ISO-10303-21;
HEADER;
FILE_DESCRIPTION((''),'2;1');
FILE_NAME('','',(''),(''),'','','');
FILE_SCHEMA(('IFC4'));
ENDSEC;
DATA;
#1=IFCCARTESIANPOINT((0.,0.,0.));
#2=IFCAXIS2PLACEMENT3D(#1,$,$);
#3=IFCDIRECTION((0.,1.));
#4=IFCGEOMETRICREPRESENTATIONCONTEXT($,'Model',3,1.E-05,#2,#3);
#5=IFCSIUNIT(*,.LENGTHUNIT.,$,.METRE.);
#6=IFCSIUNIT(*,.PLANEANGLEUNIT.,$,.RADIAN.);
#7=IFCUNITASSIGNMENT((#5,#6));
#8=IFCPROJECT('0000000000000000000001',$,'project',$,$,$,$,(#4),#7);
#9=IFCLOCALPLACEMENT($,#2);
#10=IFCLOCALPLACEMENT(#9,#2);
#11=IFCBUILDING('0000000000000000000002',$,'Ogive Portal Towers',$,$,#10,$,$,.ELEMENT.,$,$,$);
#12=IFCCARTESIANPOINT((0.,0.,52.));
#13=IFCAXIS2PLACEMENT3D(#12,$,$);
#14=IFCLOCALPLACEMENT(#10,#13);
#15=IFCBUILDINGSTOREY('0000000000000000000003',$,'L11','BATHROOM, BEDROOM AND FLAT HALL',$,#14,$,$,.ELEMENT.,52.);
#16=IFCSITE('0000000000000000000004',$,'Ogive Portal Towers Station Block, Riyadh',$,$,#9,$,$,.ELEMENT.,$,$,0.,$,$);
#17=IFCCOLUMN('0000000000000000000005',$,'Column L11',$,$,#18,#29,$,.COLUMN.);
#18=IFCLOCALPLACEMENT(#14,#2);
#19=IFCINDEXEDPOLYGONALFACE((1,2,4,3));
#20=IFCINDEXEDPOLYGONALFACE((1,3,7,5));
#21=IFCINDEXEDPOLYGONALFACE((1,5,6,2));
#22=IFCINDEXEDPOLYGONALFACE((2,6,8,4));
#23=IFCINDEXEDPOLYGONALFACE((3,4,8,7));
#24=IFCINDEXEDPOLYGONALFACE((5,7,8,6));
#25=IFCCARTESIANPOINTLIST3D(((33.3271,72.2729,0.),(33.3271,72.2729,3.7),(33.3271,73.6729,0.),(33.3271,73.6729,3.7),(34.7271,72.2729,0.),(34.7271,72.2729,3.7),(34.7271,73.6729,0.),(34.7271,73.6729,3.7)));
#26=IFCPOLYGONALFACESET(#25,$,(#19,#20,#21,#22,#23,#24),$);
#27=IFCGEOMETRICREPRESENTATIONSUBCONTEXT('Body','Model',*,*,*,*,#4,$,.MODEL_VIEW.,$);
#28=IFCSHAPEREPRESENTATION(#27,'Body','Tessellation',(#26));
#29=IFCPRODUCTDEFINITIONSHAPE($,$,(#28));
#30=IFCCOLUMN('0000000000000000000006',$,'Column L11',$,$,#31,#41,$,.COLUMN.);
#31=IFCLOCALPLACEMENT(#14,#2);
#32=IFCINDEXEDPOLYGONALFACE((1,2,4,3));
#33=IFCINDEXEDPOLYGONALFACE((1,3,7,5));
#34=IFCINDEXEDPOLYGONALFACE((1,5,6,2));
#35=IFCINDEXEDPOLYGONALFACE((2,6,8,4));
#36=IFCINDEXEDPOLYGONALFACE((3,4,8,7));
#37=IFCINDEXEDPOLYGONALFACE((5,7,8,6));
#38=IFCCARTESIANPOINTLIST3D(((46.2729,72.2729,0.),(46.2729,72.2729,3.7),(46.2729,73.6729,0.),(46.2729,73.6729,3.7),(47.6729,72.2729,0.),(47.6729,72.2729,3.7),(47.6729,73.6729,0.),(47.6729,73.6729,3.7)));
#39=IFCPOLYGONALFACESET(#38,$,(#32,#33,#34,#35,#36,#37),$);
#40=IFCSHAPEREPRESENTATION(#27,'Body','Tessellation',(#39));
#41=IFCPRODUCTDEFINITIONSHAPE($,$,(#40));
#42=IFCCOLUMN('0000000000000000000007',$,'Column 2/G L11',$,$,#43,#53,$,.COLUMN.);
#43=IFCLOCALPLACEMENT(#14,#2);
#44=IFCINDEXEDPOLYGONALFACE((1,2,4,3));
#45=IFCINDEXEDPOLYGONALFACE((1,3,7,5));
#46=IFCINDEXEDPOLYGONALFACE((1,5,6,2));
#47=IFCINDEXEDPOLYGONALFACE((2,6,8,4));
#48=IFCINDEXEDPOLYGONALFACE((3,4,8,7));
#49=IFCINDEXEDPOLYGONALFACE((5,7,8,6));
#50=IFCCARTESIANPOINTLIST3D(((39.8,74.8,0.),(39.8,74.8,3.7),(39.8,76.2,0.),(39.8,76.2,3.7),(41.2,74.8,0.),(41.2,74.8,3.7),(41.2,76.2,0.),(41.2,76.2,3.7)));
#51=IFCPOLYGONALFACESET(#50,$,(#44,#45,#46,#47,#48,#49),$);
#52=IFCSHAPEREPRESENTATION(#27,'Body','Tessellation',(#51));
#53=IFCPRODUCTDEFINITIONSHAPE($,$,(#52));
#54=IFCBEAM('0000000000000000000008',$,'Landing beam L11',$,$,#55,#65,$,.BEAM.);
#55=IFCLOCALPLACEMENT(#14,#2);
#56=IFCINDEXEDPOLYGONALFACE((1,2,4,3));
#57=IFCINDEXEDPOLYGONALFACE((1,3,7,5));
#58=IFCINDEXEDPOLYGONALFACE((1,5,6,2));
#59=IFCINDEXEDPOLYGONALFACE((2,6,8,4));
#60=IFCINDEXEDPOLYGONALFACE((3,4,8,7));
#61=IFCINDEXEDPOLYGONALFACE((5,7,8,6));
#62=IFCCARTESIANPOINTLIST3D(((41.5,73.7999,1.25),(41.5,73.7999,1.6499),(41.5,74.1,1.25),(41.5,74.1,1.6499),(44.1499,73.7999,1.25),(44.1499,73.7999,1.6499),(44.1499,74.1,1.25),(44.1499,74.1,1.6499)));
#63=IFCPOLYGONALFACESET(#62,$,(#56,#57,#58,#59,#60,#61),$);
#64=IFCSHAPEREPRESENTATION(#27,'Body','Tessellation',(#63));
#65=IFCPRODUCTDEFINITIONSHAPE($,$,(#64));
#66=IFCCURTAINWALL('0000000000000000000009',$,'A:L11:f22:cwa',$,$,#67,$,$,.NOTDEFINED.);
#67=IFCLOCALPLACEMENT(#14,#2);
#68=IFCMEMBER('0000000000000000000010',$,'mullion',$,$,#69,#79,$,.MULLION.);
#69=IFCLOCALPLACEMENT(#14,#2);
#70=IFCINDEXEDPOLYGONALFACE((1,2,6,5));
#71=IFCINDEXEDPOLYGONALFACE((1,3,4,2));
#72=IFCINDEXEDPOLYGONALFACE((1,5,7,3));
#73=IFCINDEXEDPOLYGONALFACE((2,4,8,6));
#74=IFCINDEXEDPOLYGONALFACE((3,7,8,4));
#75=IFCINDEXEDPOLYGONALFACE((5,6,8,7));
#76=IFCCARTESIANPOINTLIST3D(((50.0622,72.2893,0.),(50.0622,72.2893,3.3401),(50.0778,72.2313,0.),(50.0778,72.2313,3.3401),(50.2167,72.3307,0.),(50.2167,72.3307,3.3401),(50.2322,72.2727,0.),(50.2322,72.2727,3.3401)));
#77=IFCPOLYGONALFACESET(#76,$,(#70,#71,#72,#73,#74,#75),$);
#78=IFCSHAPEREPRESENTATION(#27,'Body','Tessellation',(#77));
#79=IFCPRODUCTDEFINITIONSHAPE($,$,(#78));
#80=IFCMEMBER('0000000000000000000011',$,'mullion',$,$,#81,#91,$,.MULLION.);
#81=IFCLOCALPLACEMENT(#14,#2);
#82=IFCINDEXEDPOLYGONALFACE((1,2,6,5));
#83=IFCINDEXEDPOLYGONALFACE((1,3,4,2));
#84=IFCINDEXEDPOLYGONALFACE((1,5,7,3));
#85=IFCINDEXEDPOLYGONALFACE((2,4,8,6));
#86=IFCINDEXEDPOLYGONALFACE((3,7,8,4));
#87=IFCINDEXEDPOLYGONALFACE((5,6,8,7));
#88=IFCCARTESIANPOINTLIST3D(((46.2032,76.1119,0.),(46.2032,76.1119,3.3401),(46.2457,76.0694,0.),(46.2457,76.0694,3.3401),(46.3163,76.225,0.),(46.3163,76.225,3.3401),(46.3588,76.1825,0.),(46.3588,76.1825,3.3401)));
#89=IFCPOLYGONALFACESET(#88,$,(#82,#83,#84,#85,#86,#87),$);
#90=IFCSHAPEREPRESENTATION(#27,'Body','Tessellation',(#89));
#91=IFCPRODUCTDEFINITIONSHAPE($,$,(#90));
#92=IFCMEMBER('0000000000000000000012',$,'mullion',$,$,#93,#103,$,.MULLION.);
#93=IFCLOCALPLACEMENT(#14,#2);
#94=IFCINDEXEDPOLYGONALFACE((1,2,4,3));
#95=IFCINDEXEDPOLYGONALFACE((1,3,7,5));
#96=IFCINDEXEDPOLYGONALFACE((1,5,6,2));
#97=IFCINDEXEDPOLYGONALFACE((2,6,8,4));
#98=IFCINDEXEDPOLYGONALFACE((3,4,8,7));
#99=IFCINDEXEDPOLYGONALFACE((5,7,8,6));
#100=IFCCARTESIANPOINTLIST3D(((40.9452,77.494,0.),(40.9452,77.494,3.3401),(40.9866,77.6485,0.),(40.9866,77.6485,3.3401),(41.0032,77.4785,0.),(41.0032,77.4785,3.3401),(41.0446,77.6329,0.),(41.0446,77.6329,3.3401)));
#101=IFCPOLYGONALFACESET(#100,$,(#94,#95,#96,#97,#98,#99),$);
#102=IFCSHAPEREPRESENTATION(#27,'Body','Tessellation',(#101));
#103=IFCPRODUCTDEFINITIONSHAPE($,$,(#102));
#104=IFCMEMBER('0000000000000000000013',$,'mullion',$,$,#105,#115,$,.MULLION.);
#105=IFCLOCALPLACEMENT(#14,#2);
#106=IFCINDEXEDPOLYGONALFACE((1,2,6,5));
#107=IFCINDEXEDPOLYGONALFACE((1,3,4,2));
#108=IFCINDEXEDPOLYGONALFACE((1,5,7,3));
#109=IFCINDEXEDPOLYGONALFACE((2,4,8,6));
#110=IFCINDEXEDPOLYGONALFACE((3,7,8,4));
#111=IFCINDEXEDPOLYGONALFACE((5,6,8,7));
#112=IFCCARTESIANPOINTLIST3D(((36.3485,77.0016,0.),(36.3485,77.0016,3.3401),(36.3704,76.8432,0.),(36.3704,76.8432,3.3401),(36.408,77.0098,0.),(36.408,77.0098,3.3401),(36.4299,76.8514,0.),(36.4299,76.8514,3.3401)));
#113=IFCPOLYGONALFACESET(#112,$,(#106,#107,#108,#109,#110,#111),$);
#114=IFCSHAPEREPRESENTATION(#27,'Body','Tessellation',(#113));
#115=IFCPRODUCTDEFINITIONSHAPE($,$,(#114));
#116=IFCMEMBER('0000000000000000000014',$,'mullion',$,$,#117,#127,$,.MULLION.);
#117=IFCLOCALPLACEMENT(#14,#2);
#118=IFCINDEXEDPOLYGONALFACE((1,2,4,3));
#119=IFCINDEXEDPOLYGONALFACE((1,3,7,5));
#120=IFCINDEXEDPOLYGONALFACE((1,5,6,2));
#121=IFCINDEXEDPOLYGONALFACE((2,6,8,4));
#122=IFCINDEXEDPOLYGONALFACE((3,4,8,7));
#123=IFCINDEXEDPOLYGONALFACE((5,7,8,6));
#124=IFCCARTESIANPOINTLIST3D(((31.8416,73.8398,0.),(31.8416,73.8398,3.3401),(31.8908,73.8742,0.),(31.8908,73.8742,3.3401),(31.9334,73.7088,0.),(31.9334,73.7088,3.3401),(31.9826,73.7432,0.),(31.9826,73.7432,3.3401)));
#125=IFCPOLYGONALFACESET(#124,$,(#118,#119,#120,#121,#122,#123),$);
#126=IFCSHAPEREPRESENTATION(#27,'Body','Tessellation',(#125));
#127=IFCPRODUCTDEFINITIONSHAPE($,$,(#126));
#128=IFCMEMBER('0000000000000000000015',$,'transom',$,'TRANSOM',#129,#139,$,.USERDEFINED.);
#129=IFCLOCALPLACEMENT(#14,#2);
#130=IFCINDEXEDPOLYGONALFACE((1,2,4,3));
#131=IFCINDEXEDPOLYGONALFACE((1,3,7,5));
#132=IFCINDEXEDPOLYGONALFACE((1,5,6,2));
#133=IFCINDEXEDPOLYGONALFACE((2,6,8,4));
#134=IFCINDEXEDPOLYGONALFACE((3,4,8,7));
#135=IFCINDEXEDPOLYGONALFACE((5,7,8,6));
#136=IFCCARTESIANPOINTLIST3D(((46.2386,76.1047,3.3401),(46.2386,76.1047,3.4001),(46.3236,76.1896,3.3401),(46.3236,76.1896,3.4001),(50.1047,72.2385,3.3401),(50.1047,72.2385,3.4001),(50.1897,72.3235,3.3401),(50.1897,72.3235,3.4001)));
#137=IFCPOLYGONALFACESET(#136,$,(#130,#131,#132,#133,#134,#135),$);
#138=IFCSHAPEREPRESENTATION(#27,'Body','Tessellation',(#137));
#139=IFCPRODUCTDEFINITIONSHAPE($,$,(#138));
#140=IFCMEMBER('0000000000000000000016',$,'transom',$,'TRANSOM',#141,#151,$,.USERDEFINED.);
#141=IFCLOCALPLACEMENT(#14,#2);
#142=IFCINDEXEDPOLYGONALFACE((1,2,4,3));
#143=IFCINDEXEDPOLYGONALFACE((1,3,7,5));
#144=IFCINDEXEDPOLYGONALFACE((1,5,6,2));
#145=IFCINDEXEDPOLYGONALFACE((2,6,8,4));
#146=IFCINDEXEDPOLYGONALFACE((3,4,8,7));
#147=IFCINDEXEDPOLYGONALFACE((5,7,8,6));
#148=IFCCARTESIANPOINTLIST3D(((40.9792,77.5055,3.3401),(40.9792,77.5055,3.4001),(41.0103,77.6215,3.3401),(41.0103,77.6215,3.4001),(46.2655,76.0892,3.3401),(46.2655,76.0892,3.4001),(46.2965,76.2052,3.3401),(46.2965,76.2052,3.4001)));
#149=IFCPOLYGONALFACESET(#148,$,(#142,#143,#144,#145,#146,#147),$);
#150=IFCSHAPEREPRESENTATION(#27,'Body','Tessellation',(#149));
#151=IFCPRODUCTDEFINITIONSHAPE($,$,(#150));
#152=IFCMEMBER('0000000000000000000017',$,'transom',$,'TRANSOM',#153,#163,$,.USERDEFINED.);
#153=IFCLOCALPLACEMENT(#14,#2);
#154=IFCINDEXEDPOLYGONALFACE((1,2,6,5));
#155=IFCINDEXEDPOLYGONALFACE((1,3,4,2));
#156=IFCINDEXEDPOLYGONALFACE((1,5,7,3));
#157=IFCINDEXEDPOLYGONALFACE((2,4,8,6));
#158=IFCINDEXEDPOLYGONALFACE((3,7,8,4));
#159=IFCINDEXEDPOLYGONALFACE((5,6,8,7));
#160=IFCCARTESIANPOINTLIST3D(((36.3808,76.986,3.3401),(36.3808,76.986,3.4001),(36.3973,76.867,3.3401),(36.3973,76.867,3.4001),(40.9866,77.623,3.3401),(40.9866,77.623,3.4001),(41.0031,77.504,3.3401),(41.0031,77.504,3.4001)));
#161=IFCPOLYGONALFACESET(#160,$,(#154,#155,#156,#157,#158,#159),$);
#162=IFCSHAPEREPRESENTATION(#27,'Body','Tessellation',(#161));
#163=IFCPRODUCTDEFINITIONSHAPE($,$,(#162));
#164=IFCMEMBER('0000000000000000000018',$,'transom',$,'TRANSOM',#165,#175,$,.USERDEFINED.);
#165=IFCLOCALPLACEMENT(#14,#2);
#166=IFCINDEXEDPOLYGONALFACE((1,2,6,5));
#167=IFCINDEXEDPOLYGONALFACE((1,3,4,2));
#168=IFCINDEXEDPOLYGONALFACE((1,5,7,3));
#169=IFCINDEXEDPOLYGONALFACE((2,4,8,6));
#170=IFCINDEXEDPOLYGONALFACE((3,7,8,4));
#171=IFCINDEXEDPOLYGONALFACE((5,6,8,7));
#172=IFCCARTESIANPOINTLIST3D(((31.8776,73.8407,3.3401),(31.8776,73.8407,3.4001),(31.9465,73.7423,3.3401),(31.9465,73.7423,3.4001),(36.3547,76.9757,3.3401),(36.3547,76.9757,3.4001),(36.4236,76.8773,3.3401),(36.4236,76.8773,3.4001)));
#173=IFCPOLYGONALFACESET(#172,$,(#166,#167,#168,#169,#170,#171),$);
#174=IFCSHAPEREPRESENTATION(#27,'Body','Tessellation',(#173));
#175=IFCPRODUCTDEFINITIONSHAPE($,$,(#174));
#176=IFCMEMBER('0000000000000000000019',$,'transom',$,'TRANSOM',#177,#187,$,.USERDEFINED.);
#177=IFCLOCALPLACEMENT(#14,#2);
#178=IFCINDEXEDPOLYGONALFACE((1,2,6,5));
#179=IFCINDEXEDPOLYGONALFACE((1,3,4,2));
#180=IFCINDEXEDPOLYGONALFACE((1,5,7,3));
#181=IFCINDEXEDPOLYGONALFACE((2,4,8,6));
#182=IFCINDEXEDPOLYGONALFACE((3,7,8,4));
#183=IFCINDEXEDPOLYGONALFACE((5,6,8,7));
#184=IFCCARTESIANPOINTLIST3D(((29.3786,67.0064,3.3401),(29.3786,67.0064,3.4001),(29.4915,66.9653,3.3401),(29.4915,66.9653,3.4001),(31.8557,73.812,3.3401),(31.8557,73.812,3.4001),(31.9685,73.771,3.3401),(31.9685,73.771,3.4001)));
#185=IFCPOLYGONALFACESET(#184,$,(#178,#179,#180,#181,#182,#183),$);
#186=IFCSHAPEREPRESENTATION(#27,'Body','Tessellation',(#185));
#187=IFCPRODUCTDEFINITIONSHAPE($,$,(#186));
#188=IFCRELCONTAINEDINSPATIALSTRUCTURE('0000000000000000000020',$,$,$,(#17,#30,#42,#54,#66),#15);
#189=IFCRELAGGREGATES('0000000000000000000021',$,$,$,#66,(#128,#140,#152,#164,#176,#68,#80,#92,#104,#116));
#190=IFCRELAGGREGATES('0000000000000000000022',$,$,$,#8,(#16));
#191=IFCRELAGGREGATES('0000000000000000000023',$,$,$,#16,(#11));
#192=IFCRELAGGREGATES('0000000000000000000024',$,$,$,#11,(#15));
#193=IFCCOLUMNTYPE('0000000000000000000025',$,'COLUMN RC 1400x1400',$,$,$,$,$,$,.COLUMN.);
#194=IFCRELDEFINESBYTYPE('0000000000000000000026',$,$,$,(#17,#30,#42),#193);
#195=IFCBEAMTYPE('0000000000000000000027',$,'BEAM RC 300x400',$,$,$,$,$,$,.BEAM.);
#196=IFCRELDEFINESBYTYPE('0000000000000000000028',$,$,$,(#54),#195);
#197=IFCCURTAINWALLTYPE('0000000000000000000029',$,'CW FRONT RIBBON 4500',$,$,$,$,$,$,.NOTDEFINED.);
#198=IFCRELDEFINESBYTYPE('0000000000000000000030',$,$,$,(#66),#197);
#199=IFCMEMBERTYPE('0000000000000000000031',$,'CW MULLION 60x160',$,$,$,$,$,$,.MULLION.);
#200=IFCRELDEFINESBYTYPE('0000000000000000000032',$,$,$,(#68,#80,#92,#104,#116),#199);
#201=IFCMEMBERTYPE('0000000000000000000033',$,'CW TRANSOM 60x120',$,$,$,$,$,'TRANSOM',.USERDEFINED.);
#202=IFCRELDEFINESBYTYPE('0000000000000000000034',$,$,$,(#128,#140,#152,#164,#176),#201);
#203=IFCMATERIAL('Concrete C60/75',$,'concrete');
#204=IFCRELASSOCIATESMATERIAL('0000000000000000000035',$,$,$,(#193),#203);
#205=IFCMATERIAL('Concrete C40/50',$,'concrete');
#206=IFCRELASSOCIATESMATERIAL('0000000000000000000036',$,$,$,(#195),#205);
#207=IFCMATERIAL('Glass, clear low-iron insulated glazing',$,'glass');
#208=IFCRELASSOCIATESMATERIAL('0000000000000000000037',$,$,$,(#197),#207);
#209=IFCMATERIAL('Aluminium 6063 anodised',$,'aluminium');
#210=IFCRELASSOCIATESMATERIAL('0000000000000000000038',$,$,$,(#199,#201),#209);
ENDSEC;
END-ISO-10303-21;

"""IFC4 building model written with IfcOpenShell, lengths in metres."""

from ifc_helpers import new_model, si_unit, direction, frame, origin, origin_2d, place, context, subcontext, project, spatial, rectangle, extrude, material, material_profile, profile_set, type_object, element, aggregate, save


model = new_model("IFC4")

# Units and contexts
model_context = context("Model", 3, precision=1e-05, world=origin(), true_north=direction((0.0, 1.0)))
body_context = subcontext(model_context, "Body", "Model", "MODEL_VIEW")
ifc_project = project(units=[si_unit("LENGTHUNIT", "METRE"), si_unit("PLANEANGLEUNIT", "RADIAN")], contexts=[model_context])

# Site, building, storey
site_placement = place(None, origin())
site = spatial("IfcSite", under=ifc_project, at=site_placement, Name="Ogive Portal Towers Station Block, Riyadh", CompositionType="ELEMENT", RefElevation=0.0)
building_placement = place(site_placement, origin())
building = spatial("IfcBuilding", under=site, at=building_placement, Name="Ogive Portal Towers", CompositionType="ELEMENT")
storey_placement = place(building_placement, frame((0.0, 0.0, 52.0)))
storey = spatial("IfcBuildingStorey", under=building, at=storey_placement, Name="L11", Description="BATHROOM, BEDROOM AND FLAT HALL", CompositionType="ELEMENT", Elevation=52.0)

# Columns
ifc_material_1 = material(Name="Concrete C60/75", Category="concrete")
ifc_material_profile_1 = material_profile(ifc_material_1, rectangle(XDim=1.3999, YDim=1.3999, at=origin_2d()), Name="RC 1400x1400")
ifc_profile_set_1 = profile_set([ifc_material_profile_1], Name="Concrete C60/75")
column_type = type_object("IfcColumnType", Name="COLUMN RC 1400x1400", PredefinedType="COLUMN", material=ifc_profile_set_1)
for number, where, z_axis, x_axis, name in (
    (1, (34.0271, 72.9729, 0.0), (0.0, 0.0, 1.0), (1.0, 0.0, 0.0), "Column L11"),
    (2, (46.9729, 72.9729, 0.0), (0.0, 0.0, 1.0), (1.0, 0.0, 0.0), "Column L11"),
    (3, (40.5, 75.5, 0.0), (0.0, 0.0, 1.0), (1.0, 0.0, 0.0), "Column 2/G L11"),
):
    element("IfcColumn", number, at=place(storey_placement, frame(where, z_axis=z_axis, x_axis=x_axis)), inside=storey, type_object=column_type, Name=name, PredefinedType="COLUMN", context=body_context, shape_type="SweptSolid", body=[
        extrude(rectangle(XDim=1.3999, YDim=1.3999, at=origin_2d()), origin(), (0.0, 0.0, 1.0), 3.7),
    ])

# Beam
ifc_material_2 = material(Name="Concrete C40/50", Category="concrete")
ifc_material_profile_2 = material_profile(ifc_material_2, rectangle(XDim=0.3, YDim=0.3999, at=origin_2d()), Name="RC 300x400")
ifc_profile_set_2 = profile_set([ifc_material_profile_2], Name="Concrete C40/50")
beam_type = type_object("IfcBeamType", Name="BEAM RC 300x400", PredefinedType="BEAM", material=ifc_profile_set_2)
beam_placement = place(storey_placement, frame((41.5, 73.95, 1.45), z_axis=(1.0, 0.0, 0.0), x_axis=(0.0, 1.0, 0.0)))
element("IfcBeam", 4, at=beam_placement, inside=storey, type_object=beam_type, Name="Landing beam L11", PredefinedType="BEAM", context=body_context, shape_type="SweptSolid", body=[
    extrude(rectangle(XDim=0.3, YDim=0.3999, at=origin_2d()), origin(), (0.0, 0.0, 1.0), 2.6499),
])

# Curtain wall, members
ifc_material_3 = material(Name="Glass, clear low-iron insulated glazing", Category="glass")
curtain_wall_type = type_object("IfcCurtainWallType", Name="CW FRONT RIBBON 4500", PredefinedType="NOTDEFINED", material=ifc_material_3)
curtain_wall_placement = place(storey_placement, origin())
curtain_wall = element("IfcCurtainWall", 5, at=curtain_wall_placement, inside=storey, type_object=curtain_wall_type, Name="A:L11:f22:cwa", PredefinedType="NOTDEFINED")
ifc_material_4 = material(Name="Aluminium 6063 anodised", Category="aluminium")
ifc_material_profile_3 = material_profile(ifc_material_4, rectangle(XDim=0.1599, YDim=0.0601, at=origin_2d()), Name="AL 60x160")
ifc_profile_set_3 = profile_set([ifc_material_profile_3], Name="Aluminium 6063 anodised")
member_type_1 = type_object("IfcMemberType", Name="CW MULLION 60x160", PredefinedType="MULLION", material=ifc_profile_set_3)
member_1_placement = place(storey_placement, frame((50.1472, 72.281, 0.0), z_axis=(0.0, 0.0, 1.0), x_axis=(-0.965926, -0.258819, 0.0)))
member_1 = element("IfcMember", 6, at=member_1_placement, type_object=member_type_1, Name="mullion", PredefinedType="MULLION", context=body_context, shape_type="SweptSolid", body=[
    extrude(rectangle(XDim=0.1599, YDim=0.0601, at=origin_2d()), origin(), (0.0, 0.0, 1.0), 3.3401),
])
member_2_placement = place(storey_placement, frame((46.281, 76.1472, 0.0), z_axis=(0.0, 0.0, 1.0), x_axis=(-0.707107, -0.707107, 0.0)))
member_2 = element("IfcMember", 7, at=member_2_placement, type_object=member_type_1, Name="mullion", PredefinedType="MULLION", context=body_context, shape_type="SweptSolid", body=[
    extrude(rectangle(XDim=0.1599, YDim=0.0601, at=origin_2d()), origin(), (0.0, 0.0, 1.0), 3.3401),
])
member_3_placement = place(storey_placement, frame((40.9949, 77.5635, 0.0), z_axis=(0.0, 0.0, 1.0), x_axis=(-0.258819, -0.965926, 0.0)))
member_3 = element("IfcMember", 8, at=member_3_placement, type_object=member_type_1, Name="mullion", PredefinedType="MULLION", context=body_context, shape_type="SweptSolid", body=[
    extrude(rectangle(XDim=0.1599, YDim=0.0601, at=origin_2d()), origin(), (0.0, 0.0, 1.0), 3.3401),
])
member_4_placement = place(storey_placement, frame((36.3892, 76.9265, 0.0), z_axis=(0.0, 0.0, 1.0), x_axis=(0.137027, -0.990567, 0.0)))
member_4 = element("IfcMember", 9, at=member_4_placement, type_object=member_type_1, Name="mullion", PredefinedType="MULLION", context=body_context, shape_type="SweptSolid", body=[
    extrude(rectangle(XDim=0.1599, YDim=0.0601, at=origin_2d()), origin(), (0.0, 0.0, 1.0), 3.3401),
])
member_5_placement = place(storey_placement, frame((31.9121, 73.7915, 0.0), z_axis=(0.0, 0.0, 1.0), x_axis=(0.573576, -0.819152, 0.0)))
member_5 = element("IfcMember", 10, at=member_5_placement, type_object=member_type_1, Name="mullion", PredefinedType="MULLION", context=body_context, shape_type="SweptSolid", body=[
    extrude(rectangle(XDim=0.1599, YDim=0.0601, at=origin_2d()), origin(), (0.0, 0.0, 1.0), 3.3401),
])
ifc_material_profile_4 = material_profile(ifc_material_4, rectangle(XDim=0.1201, YDim=0.0601, at=origin_2d()), Name="AL 120x60")
ifc_profile_set_4 = profile_set([ifc_material_profile_4], Name="Aluminium 6063 anodised")
member_type_2 = type_object("IfcMemberType", Name="CW TRANSOM 60x120", ElementType="TRANSOM", PredefinedType="USERDEFINED", material=ifc_profile_set_4)
member_6_placement = place(storey_placement, frame((50.1472, 72.281, 3.3701), z_axis=(-0.707107, 0.707107, 0.0), x_axis=(-0.707107, -0.707107, 0.0)))
member_6 = element("IfcMember", 11, at=member_6_placement, type_object=member_type_2, Name="transom", ObjectType="TRANSOM", PredefinedType="USERDEFINED", context=body_context, shape_type="SweptSolid", body=[
    extrude(rectangle(XDim=0.1201, YDim=0.0601, at=origin_2d()), origin(), (0.0, 0.0, 1.0), 5.4675),
])
member_7_placement = place(storey_placement, frame((46.281, 76.1472, 3.3701), z_axis=(-0.965933, 0.258793, 0.0), x_axis=(-0.258793, -0.965933, 0.0)))
member_7 = element("IfcMember", 12, at=member_7_placement, type_object=member_type_2, Name="transom", ObjectType="TRANSOM", PredefinedType="USERDEFINED", context=body_context, shape_type="SweptSolid", body=[
    extrude(rectangle(XDim=0.1201, YDim=0.0601, at=origin_2d()), origin(), (0.0, 0.0, 1.0), 5.4727),
])
member_8_placement = place(storey_placement, frame((40.9949, 77.5635, 3.3701), z_axis=(-0.990572, -0.136995, 0.0), x_axis=(0.136995, -0.990572, 0.0)))
member_8 = element("IfcMember", 13, at=member_8_placement, type_object=member_type_2, Name="transom", ObjectType="TRANSOM", PredefinedType="USERDEFINED", context=body_context, shape_type="SweptSolid", body=[
    extrude(rectangle(XDim=0.1201, YDim=0.0601, at=origin_2d()), origin(), (0.0, 0.0, 1.0), 4.6497),
])
member_9_placement = place(storey_placement, frame((36.3892, 76.9265, 3.3701), z_axis=(-0.81914, -0.573594, 0.0), x_axis=(0.573594, -0.81914, 0.0)))
member_9 = element("IfcMember", 14, at=member_9_placement, type_object=member_type_2, Name="transom", ObjectType="TRANSOM", PredefinedType="USERDEFINED", context=body_context, shape_type="SweptSolid", body=[
    extrude(rectangle(XDim=0.1201, YDim=0.0601, at=origin_2d()), origin(), (0.0, 0.0, 1.0), 5.4656),
])
member_10_placement = place(storey_placement, frame((31.9121, 73.7915, 3.3701), z_axis=(-0.342019, -0.939693, 0.0), x_axis=(0.939693, -0.342019, 0.0)))
member_10 = element("IfcMember", 15, at=member_10_placement, type_object=member_type_2, Name="transom", ObjectType="TRANSOM", PredefinedType="USERDEFINED", context=body_context, shape_type="SweptSolid", body=[
    extrude(rectangle(XDim=0.1201, YDim=0.0601, at=origin_2d()), origin(), (0.0, 0.0, 1.0), 7.2424),
])
aggregate(curtain_wall, [member_6, member_7, member_8, member_9, member_10, member_1, member_2, member_3, member_4, member_5])

save(model, "model.ifc")
